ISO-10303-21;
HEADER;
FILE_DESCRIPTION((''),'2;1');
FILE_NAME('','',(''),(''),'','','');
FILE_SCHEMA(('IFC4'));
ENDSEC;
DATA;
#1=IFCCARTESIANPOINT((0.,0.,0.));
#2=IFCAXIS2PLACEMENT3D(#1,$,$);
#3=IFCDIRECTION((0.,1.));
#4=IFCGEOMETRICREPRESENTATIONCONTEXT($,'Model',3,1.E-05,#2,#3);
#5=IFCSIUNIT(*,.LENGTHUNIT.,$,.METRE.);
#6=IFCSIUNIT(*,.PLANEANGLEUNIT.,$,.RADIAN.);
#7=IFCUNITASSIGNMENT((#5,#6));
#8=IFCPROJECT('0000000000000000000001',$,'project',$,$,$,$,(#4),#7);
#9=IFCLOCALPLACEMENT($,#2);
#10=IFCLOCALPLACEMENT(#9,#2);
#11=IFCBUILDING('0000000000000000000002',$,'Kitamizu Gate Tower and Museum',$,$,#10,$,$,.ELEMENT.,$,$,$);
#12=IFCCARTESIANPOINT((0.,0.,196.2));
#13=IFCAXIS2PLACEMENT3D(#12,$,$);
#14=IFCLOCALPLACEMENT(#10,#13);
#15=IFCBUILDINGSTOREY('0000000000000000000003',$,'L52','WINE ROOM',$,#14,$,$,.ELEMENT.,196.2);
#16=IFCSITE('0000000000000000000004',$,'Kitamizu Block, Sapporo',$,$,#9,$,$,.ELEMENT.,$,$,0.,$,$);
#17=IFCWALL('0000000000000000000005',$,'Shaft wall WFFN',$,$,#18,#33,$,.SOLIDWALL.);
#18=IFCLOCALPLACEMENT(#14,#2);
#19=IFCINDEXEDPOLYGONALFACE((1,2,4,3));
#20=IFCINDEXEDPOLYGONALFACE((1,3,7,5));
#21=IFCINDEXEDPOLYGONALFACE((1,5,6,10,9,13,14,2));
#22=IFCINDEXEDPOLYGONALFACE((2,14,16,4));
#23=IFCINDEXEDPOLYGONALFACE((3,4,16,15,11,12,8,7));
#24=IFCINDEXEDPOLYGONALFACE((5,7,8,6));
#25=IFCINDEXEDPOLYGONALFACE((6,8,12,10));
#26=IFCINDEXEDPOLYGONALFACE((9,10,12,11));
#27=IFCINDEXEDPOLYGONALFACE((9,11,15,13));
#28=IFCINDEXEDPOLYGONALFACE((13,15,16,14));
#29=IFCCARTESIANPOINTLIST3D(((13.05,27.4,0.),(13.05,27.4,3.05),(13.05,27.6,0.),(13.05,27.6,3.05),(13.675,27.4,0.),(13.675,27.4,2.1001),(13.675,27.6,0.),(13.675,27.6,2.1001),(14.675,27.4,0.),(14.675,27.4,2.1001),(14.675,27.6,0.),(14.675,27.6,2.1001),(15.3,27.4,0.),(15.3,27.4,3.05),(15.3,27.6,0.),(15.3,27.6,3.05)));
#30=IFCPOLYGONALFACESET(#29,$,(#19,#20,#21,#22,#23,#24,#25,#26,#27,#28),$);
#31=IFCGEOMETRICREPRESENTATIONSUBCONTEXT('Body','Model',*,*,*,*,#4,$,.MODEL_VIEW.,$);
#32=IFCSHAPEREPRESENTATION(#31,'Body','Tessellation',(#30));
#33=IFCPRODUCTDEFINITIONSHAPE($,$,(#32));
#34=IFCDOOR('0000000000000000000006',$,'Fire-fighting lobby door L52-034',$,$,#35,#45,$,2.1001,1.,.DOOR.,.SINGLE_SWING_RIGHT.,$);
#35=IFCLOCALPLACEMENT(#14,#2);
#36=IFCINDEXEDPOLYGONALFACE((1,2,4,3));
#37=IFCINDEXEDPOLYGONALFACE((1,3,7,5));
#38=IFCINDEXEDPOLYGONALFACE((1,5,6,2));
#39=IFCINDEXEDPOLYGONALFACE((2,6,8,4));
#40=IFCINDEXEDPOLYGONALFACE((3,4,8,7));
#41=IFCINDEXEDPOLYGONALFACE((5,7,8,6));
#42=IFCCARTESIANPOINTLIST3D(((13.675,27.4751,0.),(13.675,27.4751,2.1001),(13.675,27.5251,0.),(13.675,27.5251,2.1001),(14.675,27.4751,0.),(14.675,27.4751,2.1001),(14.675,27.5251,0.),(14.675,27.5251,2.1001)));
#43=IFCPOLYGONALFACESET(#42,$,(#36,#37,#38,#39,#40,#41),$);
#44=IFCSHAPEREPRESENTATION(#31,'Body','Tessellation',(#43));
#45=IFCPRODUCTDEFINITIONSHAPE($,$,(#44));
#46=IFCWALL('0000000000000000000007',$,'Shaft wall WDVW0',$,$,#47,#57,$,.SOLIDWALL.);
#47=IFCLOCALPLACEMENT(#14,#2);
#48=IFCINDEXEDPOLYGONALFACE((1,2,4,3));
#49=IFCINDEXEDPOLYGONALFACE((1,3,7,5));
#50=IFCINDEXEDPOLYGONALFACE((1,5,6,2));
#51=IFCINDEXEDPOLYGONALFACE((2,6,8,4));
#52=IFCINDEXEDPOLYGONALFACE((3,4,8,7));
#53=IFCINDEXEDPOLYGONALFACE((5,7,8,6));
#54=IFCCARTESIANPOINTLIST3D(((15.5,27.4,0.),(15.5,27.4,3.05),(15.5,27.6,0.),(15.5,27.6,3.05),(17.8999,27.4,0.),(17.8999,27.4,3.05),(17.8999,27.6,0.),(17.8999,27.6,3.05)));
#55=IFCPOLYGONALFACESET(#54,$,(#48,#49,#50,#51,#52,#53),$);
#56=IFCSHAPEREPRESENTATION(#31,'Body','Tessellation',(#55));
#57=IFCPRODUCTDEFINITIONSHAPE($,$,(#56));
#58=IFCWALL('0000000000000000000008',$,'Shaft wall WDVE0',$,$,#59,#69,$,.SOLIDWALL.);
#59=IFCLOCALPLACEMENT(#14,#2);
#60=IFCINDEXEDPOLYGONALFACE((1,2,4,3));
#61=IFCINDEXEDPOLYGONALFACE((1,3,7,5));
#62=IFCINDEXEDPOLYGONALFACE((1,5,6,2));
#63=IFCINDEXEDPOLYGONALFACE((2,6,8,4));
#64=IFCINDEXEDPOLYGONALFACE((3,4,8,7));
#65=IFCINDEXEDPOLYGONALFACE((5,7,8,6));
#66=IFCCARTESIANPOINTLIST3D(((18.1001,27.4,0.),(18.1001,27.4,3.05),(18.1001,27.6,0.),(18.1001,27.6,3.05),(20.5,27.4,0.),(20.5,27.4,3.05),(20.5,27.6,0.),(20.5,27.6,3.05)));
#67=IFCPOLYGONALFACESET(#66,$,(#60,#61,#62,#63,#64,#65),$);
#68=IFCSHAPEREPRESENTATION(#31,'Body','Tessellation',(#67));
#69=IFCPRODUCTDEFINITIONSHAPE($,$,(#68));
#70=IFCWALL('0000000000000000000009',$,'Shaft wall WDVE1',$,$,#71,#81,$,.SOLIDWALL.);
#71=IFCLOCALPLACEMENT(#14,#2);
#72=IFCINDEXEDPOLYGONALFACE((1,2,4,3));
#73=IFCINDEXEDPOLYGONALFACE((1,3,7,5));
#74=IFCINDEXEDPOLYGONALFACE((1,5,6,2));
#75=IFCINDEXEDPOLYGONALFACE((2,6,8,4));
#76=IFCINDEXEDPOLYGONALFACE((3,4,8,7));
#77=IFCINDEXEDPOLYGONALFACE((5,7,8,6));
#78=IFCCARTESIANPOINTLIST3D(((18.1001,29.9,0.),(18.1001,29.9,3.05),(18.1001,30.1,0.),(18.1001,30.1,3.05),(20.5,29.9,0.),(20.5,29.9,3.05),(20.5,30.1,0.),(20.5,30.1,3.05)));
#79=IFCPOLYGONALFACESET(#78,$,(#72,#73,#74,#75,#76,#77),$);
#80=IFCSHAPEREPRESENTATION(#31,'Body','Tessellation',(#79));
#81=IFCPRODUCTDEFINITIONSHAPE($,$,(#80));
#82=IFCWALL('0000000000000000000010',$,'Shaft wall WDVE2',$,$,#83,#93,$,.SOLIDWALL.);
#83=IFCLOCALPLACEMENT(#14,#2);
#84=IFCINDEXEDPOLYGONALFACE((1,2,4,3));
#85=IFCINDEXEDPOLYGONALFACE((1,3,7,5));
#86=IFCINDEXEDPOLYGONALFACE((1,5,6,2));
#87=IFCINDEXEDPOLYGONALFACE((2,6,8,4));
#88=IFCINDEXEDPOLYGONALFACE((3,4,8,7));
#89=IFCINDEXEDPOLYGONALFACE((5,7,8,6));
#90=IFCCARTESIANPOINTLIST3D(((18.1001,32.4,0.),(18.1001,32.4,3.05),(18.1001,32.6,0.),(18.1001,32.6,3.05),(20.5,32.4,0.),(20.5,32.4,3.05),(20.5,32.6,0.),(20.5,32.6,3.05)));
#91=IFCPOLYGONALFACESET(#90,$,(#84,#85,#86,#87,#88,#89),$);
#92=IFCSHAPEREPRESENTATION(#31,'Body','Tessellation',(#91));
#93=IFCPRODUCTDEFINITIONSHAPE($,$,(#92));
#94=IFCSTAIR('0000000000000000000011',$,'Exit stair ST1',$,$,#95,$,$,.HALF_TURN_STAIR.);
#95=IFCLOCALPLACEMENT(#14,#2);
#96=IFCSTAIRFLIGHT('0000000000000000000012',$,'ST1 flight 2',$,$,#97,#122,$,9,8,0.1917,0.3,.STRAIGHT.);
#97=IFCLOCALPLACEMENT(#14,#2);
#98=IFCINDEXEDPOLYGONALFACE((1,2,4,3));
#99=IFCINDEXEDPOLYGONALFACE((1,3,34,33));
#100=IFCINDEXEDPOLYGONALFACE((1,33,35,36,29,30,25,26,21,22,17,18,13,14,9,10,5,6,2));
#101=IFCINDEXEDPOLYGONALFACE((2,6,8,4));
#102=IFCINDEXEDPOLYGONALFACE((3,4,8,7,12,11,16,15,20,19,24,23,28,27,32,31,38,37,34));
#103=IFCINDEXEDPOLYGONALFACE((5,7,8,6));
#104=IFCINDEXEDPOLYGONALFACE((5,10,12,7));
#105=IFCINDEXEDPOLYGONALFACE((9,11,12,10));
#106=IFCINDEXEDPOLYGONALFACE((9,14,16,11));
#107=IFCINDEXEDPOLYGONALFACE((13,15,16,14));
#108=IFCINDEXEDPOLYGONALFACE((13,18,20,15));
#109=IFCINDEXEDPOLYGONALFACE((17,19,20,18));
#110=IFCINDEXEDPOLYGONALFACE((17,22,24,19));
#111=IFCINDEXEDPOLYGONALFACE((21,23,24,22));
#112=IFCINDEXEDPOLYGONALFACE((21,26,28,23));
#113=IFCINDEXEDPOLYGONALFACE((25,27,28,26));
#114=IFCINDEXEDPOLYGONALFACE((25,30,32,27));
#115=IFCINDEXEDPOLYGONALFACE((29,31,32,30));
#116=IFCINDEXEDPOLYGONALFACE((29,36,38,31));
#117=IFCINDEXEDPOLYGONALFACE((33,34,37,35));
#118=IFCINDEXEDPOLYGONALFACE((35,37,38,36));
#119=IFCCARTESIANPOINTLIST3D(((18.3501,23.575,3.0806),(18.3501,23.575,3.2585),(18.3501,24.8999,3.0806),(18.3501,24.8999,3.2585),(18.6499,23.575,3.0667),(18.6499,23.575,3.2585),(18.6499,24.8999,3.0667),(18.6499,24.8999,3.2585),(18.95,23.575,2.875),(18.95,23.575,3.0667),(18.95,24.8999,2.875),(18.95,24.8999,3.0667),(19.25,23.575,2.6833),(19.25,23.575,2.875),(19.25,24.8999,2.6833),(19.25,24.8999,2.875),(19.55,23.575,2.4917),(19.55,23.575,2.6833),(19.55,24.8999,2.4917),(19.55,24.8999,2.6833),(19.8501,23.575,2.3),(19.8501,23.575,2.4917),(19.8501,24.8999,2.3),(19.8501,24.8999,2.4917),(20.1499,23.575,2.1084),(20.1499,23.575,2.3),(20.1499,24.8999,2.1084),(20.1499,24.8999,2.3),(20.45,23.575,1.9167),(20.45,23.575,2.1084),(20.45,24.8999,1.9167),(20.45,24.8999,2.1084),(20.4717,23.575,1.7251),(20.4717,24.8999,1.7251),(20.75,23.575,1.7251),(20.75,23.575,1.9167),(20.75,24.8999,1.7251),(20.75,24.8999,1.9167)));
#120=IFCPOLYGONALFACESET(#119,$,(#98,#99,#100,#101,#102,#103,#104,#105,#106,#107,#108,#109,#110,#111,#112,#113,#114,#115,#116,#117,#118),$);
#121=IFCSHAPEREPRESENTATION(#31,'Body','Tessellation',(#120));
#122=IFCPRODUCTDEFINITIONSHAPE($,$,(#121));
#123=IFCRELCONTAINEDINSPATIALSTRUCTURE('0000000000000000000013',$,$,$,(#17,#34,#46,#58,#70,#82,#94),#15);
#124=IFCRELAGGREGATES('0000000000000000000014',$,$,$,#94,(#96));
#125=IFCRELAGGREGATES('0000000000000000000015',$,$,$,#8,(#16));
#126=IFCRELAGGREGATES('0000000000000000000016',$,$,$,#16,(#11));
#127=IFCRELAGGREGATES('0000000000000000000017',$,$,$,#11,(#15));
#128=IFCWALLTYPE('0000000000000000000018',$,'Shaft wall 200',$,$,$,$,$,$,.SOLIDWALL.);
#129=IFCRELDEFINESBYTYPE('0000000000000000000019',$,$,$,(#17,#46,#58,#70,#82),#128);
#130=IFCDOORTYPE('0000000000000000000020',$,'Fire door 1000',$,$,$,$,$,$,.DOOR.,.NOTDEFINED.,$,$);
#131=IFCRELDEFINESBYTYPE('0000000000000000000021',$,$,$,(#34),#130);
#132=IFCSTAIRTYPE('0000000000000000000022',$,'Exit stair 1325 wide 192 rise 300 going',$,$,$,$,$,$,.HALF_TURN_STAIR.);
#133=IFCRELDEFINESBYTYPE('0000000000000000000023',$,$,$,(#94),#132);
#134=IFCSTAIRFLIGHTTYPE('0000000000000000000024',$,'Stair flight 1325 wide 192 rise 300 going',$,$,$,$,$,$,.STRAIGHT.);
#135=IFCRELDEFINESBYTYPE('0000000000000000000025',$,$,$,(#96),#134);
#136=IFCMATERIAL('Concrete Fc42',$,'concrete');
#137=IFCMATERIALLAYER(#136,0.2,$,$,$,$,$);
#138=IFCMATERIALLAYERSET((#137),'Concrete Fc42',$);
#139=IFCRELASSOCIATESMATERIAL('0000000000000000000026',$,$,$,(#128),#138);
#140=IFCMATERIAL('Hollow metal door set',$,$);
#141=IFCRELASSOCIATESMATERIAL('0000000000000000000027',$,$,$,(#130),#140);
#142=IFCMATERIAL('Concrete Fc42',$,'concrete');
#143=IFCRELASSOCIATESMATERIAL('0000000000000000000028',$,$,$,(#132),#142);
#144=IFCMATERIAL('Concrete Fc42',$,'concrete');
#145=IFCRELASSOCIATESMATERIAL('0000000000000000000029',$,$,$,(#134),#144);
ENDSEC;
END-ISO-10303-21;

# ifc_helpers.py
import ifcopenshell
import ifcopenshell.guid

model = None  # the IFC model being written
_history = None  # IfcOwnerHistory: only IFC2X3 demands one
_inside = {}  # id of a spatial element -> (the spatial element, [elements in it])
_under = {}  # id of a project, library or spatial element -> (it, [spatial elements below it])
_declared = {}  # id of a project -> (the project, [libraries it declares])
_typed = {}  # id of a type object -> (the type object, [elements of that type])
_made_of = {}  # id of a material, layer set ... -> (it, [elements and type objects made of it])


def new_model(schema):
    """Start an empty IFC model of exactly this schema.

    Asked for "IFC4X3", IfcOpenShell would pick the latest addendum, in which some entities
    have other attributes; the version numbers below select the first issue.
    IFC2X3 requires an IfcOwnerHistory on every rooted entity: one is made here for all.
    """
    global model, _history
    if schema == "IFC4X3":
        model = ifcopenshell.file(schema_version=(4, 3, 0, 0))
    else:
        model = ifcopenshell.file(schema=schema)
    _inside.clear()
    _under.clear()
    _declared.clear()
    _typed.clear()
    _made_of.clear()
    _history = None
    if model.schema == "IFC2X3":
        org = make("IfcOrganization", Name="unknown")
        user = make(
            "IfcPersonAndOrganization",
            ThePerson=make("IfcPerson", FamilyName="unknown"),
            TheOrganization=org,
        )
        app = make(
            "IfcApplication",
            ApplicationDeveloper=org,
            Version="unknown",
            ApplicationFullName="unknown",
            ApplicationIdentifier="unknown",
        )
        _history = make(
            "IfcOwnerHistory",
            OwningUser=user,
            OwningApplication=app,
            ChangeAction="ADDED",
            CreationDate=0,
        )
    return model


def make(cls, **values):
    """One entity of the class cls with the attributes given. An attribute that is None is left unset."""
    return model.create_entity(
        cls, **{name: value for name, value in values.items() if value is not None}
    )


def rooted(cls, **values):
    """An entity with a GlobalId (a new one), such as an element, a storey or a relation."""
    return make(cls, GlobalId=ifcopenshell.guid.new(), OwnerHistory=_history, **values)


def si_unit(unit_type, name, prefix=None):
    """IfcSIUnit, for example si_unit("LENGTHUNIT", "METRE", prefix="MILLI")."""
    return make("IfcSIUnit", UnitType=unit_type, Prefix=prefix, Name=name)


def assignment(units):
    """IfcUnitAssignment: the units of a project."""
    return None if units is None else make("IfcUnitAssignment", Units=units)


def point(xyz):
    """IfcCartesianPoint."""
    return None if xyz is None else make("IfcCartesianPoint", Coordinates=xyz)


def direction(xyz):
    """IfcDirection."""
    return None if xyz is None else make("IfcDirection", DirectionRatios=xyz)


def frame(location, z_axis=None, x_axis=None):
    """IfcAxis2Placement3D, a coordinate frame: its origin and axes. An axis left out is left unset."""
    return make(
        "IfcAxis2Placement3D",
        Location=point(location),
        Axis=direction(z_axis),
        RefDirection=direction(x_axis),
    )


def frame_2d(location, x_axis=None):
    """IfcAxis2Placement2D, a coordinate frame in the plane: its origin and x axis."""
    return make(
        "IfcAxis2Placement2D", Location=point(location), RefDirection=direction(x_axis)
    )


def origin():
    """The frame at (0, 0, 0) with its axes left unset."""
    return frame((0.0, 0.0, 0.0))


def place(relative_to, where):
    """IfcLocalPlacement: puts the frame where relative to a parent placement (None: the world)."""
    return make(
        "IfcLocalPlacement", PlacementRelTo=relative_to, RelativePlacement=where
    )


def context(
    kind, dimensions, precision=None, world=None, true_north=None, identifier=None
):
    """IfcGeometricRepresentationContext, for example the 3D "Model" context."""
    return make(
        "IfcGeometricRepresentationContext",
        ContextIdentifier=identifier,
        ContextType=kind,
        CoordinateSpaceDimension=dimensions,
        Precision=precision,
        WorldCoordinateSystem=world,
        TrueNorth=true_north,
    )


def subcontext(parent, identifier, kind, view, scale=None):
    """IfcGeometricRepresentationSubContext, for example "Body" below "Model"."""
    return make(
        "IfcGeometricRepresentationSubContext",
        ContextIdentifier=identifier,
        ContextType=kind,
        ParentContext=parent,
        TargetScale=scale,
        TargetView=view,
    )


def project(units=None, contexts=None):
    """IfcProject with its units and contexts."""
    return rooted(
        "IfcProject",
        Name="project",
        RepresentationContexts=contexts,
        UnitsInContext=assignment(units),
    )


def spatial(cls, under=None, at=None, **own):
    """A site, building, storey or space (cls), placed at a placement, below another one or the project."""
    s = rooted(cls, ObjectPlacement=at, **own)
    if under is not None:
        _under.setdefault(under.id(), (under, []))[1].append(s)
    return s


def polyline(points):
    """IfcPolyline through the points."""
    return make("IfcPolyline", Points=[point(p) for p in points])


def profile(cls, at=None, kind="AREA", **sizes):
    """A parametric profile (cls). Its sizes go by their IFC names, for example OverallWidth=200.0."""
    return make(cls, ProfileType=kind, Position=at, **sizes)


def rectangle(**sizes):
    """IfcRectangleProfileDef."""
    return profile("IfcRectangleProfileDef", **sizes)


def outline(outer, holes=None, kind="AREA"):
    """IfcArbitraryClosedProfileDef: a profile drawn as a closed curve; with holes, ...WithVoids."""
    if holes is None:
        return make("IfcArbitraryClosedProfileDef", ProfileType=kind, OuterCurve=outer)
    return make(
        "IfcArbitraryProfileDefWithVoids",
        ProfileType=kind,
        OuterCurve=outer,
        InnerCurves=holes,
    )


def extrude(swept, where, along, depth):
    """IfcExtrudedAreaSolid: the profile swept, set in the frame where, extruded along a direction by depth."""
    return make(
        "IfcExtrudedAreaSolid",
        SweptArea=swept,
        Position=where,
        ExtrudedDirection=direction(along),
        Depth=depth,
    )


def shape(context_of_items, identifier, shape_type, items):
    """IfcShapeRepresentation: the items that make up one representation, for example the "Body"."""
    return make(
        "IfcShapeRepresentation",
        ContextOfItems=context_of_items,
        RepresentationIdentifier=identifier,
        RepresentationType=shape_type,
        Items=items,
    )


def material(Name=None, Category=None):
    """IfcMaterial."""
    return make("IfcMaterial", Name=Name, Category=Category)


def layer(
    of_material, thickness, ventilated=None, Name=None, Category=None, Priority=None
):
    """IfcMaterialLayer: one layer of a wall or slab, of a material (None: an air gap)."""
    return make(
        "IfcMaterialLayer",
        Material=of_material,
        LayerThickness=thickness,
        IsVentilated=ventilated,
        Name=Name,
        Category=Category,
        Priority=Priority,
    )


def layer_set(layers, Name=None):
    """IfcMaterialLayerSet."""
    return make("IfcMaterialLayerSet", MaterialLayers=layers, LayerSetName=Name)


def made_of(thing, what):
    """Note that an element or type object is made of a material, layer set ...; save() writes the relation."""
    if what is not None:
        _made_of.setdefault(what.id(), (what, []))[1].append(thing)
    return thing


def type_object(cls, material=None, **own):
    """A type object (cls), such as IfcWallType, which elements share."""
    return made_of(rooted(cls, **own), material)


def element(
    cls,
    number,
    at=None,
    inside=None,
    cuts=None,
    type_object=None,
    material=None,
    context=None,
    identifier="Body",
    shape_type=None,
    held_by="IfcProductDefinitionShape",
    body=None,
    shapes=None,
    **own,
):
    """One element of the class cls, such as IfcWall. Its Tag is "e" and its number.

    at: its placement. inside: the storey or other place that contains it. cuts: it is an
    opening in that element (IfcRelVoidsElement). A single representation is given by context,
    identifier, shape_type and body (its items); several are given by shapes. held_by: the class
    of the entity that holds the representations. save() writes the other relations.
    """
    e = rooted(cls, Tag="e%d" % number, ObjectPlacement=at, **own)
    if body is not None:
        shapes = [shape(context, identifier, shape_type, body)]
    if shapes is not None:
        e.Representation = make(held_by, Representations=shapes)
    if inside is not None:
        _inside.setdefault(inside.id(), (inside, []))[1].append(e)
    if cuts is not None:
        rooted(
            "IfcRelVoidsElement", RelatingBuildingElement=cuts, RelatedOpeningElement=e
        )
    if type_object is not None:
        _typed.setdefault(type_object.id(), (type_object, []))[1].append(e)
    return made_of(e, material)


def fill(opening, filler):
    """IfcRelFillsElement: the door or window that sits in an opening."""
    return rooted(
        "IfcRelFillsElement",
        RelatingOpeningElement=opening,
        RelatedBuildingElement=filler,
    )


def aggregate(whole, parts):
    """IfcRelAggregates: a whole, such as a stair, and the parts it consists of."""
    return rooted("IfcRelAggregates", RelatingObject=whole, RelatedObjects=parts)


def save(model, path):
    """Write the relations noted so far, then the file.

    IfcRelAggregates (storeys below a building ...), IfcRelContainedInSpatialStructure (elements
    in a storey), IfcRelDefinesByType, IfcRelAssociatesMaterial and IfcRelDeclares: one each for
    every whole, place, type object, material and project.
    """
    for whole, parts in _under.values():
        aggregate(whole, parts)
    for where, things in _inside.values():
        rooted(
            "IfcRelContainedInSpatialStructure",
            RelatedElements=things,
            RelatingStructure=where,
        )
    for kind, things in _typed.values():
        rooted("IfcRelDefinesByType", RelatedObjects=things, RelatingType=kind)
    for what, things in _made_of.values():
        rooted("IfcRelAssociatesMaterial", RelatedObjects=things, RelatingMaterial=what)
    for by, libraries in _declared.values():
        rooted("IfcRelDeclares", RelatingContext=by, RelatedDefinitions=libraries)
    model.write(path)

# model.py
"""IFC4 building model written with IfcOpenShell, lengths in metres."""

from ifc_helpers import new_model, si_unit, direction, frame, frame_2d, origin, place, context, subcontext, project, spatial, polyline, rectangle, outline, extrude, material, layer, layer_set, type_object, element, fill, aggregate, save


model = new_model("IFC4")

# Units and contexts
model_context = context("Model", 3, precision=1e-05, world=origin(), true_north=direction((0.0, 1.0)))
body_context = subcontext(model_context, "Body", "Model", "MODEL_VIEW")
ifc_project = project(units=[si_unit("LENGTHUNIT", "METRE"), si_unit("PLANEANGLEUNIT", "RADIAN")], contexts=[model_context])

# Site, building, storey
site_placement = place(None, origin())
site = spatial("IfcSite", under=ifc_project, at=site_placement, Name="Kitamizu Block, Sapporo", CompositionType="ELEMENT", RefElevation=0.0)
building_placement = place(site_placement, origin())
building = spatial("IfcBuilding", under=site, at=building_placement, Name="Kitamizu Gate Tower and Museum", CompositionType="ELEMENT")
storey_placement = place(building_placement, frame((0.0, 0.0, 196.2)))
storey = spatial("IfcBuildingStorey", under=building, at=storey_placement, Name="L52", Description="WINE ROOM", CompositionType="ELEMENT", Elevation=196.2)

# Shared definitions
ifc_material_1 = material(Name="Concrete Fc42", Category="concrete")
ifc_layer_1 = layer(ifc_material_1, 0.2)
ifc_layer_set_1 = layer_set([ifc_layer_1], Name="Concrete Fc42")
wall_type_1 = type_object("IfcWallType", Name="Shaft wall 200", PredefinedType="SOLIDWALL", material=ifc_layer_set_1)
ifc_material_2 = material(Name="Hollow metal door set")
door_type_1 = type_object("IfcDoorType", Name="Fire door 1000", OperationType="NOTDEFINED", PredefinedType="DOOR", material=ifc_material_2)

# Wall, opening, door
wall_1_placement = place(storey_placement, frame((13.05, 27.5, 0.0), z_axis=(0.0, 0.0, 1.0), x_axis=(1.0, 0.0, 0.0)))
wall_1 = element("IfcWall", 1, at=wall_1_placement, inside=storey, type_object=wall_type_1, Name="Shaft wall WFFN", PredefinedType="SOLIDWALL", context=body_context, shape_type="SweptSolid", body=[
    extrude(rectangle(XDim=2.25, YDim=0.2, at=frame_2d((1.125, 0.0))), origin(), (0.0, 0.0, 1.0), 3.05),
])
opening_1_placement = place(wall_1_placement, frame((0.625, 0.0, 0.0)))
opening_1 = element("IfcOpeningElement", 2, at=opening_1_placement, cuts=wall_1, PredefinedType="OPENING", context=body_context, shape_type="SweptSolid", body=[
    extrude(rectangle(XDim=1.0, YDim=2.1001, at=frame_2d((0.5, 1.05))), frame((0.0, 0.1099, 0.0), z_axis=(0.0, -1.0, 0.0), x_axis=(1.0, 0.0, 0.0)), (0.0, 0.0, 1.0), 0.22),
])
door_1_placement = place(opening_1_placement, frame((1.0, 0.0, 0.0), x_axis=(-1.0, 0.0, 0.0)))
door_1 = element("IfcDoor", 3, at=door_1_placement, inside=storey, type_object=door_type_1, Name="Fire-fighting lobby door L52-034", OperationType="SINGLE_SWING_RIGHT", OverallHeight=2.1001, OverallWidth=1.0, PredefinedType="DOOR", context=body_context, shape_type="SweptSolid", body=[
    extrude(rectangle(XDim=1.0, YDim=2.1001, at=frame_2d((0.5, 1.05))), frame((0.0, 0.0249, 0.0), z_axis=(0.0, -1.0, 0.0), x_axis=(1.0, 0.0, 0.0)), (0.0, 0.0, 1.0), 0.05),
])
fill(opening_1, door_1)

# Walls
for number, where, z_axis, x_axis, name in (
    (4, (15.5, 27.5, 0.0), (0.0, 0.0, 1.0), (1.0, 0.0, 0.0), "Shaft wall WDVW0"),
    (5, (18.1001, 27.5, 0.0), (0.0, 0.0, 1.0), (1.0, 0.0, 0.0), "Shaft wall WDVE0"),
    (6, (18.1001, 30.0, 0.0), (0.0, 0.0, 1.0), (1.0, 0.0, 0.0), "Shaft wall WDVE1"),
    (7, (18.1001, 32.5, 0.0), (0.0, 0.0, 1.0), (1.0, 0.0, 0.0), "Shaft wall WDVE2"),
):
    element("IfcWall", number, at=place(storey_placement, frame(where, z_axis=z_axis, x_axis=x_axis)), inside=storey, type_object=wall_type_1, Name=name, PredefinedType="SOLIDWALL", context=body_context, shape_type="SweptSolid", body=[
        extrude(rectangle(XDim=2.3999, YDim=0.2, at=frame_2d((1.2, 0.0))), origin(), (0.0, 0.0, 1.0), 3.05),
    ])

# Stair, stair flight
ifc_material_3 = material(Name="Concrete Fc42", Category="concrete")
stair_type = type_object("IfcStairType", Name="Exit stair 1325 wide 192 rise 300 going", PredefinedType="HALF_TURN_STAIR", material=ifc_material_3)
stair_placement = place(storey_placement, origin())
stair = element("IfcStair", 8, at=stair_placement, inside=storey, type_object=stair_type, Name="Exit stair ST1", PredefinedType="HALF_TURN_STAIR")
ifc_material_4 = material(Name="Concrete Fc42", Category="concrete")
stair_flight_type = type_object("IfcStairFlightType", Name="Stair flight 1325 wide 192 rise 300 going", PredefinedType="STRAIGHT", material=ifc_material_4)
stair_flight_placement = place(storey_placement, frame((20.75, 24.2375, 1.7251), z_axis=(0.0, 0.0, 1.0), x_axis=(-1.0, 0.0, 0.0)))
stair_flight = element("IfcStairFlight", 9, at=stair_flight_placement, type_object=stair_flight_type, Name="ST1 flight 2", NumberOfRisers=9, NumberOfTreads=8, PredefinedType="STRAIGHT", RiserHeight=0.1917, TreadLength=0.3, context=body_context, shape_type="SweptSolid", body=[
    extrude(outline(polyline([(0.0, 0.0), (0.0, 0.1917), (0.3, 0.1917), (0.3, 0.3833), (0.6001, 0.3833), (0.6001, 0.575), (0.8999, 0.575), (0.8999, 0.7666), (1.2, 0.7666), (1.2, 0.9583), (1.5, 0.9583), (1.5, 1.1499), (1.8, 1.1499), (1.8, 1.3416), (2.1001, 1.3416), (2.1001, 1.5334), (2.3999, 1.5334), (2.3999, 1.7251), (2.3999, 1.3555), (0.2783, 0.0), (0.0, 0.0)])), frame((0.0, 0.6626, 0.0), z_axis=(0.0, -1.0, 0.0), x_axis=(1.0, 0.0, 0.0)), (0.0, 0.0, 1.0), 1.325),
])
aggregate(stair, [stair_flight])

save(model, "model.ifc")
